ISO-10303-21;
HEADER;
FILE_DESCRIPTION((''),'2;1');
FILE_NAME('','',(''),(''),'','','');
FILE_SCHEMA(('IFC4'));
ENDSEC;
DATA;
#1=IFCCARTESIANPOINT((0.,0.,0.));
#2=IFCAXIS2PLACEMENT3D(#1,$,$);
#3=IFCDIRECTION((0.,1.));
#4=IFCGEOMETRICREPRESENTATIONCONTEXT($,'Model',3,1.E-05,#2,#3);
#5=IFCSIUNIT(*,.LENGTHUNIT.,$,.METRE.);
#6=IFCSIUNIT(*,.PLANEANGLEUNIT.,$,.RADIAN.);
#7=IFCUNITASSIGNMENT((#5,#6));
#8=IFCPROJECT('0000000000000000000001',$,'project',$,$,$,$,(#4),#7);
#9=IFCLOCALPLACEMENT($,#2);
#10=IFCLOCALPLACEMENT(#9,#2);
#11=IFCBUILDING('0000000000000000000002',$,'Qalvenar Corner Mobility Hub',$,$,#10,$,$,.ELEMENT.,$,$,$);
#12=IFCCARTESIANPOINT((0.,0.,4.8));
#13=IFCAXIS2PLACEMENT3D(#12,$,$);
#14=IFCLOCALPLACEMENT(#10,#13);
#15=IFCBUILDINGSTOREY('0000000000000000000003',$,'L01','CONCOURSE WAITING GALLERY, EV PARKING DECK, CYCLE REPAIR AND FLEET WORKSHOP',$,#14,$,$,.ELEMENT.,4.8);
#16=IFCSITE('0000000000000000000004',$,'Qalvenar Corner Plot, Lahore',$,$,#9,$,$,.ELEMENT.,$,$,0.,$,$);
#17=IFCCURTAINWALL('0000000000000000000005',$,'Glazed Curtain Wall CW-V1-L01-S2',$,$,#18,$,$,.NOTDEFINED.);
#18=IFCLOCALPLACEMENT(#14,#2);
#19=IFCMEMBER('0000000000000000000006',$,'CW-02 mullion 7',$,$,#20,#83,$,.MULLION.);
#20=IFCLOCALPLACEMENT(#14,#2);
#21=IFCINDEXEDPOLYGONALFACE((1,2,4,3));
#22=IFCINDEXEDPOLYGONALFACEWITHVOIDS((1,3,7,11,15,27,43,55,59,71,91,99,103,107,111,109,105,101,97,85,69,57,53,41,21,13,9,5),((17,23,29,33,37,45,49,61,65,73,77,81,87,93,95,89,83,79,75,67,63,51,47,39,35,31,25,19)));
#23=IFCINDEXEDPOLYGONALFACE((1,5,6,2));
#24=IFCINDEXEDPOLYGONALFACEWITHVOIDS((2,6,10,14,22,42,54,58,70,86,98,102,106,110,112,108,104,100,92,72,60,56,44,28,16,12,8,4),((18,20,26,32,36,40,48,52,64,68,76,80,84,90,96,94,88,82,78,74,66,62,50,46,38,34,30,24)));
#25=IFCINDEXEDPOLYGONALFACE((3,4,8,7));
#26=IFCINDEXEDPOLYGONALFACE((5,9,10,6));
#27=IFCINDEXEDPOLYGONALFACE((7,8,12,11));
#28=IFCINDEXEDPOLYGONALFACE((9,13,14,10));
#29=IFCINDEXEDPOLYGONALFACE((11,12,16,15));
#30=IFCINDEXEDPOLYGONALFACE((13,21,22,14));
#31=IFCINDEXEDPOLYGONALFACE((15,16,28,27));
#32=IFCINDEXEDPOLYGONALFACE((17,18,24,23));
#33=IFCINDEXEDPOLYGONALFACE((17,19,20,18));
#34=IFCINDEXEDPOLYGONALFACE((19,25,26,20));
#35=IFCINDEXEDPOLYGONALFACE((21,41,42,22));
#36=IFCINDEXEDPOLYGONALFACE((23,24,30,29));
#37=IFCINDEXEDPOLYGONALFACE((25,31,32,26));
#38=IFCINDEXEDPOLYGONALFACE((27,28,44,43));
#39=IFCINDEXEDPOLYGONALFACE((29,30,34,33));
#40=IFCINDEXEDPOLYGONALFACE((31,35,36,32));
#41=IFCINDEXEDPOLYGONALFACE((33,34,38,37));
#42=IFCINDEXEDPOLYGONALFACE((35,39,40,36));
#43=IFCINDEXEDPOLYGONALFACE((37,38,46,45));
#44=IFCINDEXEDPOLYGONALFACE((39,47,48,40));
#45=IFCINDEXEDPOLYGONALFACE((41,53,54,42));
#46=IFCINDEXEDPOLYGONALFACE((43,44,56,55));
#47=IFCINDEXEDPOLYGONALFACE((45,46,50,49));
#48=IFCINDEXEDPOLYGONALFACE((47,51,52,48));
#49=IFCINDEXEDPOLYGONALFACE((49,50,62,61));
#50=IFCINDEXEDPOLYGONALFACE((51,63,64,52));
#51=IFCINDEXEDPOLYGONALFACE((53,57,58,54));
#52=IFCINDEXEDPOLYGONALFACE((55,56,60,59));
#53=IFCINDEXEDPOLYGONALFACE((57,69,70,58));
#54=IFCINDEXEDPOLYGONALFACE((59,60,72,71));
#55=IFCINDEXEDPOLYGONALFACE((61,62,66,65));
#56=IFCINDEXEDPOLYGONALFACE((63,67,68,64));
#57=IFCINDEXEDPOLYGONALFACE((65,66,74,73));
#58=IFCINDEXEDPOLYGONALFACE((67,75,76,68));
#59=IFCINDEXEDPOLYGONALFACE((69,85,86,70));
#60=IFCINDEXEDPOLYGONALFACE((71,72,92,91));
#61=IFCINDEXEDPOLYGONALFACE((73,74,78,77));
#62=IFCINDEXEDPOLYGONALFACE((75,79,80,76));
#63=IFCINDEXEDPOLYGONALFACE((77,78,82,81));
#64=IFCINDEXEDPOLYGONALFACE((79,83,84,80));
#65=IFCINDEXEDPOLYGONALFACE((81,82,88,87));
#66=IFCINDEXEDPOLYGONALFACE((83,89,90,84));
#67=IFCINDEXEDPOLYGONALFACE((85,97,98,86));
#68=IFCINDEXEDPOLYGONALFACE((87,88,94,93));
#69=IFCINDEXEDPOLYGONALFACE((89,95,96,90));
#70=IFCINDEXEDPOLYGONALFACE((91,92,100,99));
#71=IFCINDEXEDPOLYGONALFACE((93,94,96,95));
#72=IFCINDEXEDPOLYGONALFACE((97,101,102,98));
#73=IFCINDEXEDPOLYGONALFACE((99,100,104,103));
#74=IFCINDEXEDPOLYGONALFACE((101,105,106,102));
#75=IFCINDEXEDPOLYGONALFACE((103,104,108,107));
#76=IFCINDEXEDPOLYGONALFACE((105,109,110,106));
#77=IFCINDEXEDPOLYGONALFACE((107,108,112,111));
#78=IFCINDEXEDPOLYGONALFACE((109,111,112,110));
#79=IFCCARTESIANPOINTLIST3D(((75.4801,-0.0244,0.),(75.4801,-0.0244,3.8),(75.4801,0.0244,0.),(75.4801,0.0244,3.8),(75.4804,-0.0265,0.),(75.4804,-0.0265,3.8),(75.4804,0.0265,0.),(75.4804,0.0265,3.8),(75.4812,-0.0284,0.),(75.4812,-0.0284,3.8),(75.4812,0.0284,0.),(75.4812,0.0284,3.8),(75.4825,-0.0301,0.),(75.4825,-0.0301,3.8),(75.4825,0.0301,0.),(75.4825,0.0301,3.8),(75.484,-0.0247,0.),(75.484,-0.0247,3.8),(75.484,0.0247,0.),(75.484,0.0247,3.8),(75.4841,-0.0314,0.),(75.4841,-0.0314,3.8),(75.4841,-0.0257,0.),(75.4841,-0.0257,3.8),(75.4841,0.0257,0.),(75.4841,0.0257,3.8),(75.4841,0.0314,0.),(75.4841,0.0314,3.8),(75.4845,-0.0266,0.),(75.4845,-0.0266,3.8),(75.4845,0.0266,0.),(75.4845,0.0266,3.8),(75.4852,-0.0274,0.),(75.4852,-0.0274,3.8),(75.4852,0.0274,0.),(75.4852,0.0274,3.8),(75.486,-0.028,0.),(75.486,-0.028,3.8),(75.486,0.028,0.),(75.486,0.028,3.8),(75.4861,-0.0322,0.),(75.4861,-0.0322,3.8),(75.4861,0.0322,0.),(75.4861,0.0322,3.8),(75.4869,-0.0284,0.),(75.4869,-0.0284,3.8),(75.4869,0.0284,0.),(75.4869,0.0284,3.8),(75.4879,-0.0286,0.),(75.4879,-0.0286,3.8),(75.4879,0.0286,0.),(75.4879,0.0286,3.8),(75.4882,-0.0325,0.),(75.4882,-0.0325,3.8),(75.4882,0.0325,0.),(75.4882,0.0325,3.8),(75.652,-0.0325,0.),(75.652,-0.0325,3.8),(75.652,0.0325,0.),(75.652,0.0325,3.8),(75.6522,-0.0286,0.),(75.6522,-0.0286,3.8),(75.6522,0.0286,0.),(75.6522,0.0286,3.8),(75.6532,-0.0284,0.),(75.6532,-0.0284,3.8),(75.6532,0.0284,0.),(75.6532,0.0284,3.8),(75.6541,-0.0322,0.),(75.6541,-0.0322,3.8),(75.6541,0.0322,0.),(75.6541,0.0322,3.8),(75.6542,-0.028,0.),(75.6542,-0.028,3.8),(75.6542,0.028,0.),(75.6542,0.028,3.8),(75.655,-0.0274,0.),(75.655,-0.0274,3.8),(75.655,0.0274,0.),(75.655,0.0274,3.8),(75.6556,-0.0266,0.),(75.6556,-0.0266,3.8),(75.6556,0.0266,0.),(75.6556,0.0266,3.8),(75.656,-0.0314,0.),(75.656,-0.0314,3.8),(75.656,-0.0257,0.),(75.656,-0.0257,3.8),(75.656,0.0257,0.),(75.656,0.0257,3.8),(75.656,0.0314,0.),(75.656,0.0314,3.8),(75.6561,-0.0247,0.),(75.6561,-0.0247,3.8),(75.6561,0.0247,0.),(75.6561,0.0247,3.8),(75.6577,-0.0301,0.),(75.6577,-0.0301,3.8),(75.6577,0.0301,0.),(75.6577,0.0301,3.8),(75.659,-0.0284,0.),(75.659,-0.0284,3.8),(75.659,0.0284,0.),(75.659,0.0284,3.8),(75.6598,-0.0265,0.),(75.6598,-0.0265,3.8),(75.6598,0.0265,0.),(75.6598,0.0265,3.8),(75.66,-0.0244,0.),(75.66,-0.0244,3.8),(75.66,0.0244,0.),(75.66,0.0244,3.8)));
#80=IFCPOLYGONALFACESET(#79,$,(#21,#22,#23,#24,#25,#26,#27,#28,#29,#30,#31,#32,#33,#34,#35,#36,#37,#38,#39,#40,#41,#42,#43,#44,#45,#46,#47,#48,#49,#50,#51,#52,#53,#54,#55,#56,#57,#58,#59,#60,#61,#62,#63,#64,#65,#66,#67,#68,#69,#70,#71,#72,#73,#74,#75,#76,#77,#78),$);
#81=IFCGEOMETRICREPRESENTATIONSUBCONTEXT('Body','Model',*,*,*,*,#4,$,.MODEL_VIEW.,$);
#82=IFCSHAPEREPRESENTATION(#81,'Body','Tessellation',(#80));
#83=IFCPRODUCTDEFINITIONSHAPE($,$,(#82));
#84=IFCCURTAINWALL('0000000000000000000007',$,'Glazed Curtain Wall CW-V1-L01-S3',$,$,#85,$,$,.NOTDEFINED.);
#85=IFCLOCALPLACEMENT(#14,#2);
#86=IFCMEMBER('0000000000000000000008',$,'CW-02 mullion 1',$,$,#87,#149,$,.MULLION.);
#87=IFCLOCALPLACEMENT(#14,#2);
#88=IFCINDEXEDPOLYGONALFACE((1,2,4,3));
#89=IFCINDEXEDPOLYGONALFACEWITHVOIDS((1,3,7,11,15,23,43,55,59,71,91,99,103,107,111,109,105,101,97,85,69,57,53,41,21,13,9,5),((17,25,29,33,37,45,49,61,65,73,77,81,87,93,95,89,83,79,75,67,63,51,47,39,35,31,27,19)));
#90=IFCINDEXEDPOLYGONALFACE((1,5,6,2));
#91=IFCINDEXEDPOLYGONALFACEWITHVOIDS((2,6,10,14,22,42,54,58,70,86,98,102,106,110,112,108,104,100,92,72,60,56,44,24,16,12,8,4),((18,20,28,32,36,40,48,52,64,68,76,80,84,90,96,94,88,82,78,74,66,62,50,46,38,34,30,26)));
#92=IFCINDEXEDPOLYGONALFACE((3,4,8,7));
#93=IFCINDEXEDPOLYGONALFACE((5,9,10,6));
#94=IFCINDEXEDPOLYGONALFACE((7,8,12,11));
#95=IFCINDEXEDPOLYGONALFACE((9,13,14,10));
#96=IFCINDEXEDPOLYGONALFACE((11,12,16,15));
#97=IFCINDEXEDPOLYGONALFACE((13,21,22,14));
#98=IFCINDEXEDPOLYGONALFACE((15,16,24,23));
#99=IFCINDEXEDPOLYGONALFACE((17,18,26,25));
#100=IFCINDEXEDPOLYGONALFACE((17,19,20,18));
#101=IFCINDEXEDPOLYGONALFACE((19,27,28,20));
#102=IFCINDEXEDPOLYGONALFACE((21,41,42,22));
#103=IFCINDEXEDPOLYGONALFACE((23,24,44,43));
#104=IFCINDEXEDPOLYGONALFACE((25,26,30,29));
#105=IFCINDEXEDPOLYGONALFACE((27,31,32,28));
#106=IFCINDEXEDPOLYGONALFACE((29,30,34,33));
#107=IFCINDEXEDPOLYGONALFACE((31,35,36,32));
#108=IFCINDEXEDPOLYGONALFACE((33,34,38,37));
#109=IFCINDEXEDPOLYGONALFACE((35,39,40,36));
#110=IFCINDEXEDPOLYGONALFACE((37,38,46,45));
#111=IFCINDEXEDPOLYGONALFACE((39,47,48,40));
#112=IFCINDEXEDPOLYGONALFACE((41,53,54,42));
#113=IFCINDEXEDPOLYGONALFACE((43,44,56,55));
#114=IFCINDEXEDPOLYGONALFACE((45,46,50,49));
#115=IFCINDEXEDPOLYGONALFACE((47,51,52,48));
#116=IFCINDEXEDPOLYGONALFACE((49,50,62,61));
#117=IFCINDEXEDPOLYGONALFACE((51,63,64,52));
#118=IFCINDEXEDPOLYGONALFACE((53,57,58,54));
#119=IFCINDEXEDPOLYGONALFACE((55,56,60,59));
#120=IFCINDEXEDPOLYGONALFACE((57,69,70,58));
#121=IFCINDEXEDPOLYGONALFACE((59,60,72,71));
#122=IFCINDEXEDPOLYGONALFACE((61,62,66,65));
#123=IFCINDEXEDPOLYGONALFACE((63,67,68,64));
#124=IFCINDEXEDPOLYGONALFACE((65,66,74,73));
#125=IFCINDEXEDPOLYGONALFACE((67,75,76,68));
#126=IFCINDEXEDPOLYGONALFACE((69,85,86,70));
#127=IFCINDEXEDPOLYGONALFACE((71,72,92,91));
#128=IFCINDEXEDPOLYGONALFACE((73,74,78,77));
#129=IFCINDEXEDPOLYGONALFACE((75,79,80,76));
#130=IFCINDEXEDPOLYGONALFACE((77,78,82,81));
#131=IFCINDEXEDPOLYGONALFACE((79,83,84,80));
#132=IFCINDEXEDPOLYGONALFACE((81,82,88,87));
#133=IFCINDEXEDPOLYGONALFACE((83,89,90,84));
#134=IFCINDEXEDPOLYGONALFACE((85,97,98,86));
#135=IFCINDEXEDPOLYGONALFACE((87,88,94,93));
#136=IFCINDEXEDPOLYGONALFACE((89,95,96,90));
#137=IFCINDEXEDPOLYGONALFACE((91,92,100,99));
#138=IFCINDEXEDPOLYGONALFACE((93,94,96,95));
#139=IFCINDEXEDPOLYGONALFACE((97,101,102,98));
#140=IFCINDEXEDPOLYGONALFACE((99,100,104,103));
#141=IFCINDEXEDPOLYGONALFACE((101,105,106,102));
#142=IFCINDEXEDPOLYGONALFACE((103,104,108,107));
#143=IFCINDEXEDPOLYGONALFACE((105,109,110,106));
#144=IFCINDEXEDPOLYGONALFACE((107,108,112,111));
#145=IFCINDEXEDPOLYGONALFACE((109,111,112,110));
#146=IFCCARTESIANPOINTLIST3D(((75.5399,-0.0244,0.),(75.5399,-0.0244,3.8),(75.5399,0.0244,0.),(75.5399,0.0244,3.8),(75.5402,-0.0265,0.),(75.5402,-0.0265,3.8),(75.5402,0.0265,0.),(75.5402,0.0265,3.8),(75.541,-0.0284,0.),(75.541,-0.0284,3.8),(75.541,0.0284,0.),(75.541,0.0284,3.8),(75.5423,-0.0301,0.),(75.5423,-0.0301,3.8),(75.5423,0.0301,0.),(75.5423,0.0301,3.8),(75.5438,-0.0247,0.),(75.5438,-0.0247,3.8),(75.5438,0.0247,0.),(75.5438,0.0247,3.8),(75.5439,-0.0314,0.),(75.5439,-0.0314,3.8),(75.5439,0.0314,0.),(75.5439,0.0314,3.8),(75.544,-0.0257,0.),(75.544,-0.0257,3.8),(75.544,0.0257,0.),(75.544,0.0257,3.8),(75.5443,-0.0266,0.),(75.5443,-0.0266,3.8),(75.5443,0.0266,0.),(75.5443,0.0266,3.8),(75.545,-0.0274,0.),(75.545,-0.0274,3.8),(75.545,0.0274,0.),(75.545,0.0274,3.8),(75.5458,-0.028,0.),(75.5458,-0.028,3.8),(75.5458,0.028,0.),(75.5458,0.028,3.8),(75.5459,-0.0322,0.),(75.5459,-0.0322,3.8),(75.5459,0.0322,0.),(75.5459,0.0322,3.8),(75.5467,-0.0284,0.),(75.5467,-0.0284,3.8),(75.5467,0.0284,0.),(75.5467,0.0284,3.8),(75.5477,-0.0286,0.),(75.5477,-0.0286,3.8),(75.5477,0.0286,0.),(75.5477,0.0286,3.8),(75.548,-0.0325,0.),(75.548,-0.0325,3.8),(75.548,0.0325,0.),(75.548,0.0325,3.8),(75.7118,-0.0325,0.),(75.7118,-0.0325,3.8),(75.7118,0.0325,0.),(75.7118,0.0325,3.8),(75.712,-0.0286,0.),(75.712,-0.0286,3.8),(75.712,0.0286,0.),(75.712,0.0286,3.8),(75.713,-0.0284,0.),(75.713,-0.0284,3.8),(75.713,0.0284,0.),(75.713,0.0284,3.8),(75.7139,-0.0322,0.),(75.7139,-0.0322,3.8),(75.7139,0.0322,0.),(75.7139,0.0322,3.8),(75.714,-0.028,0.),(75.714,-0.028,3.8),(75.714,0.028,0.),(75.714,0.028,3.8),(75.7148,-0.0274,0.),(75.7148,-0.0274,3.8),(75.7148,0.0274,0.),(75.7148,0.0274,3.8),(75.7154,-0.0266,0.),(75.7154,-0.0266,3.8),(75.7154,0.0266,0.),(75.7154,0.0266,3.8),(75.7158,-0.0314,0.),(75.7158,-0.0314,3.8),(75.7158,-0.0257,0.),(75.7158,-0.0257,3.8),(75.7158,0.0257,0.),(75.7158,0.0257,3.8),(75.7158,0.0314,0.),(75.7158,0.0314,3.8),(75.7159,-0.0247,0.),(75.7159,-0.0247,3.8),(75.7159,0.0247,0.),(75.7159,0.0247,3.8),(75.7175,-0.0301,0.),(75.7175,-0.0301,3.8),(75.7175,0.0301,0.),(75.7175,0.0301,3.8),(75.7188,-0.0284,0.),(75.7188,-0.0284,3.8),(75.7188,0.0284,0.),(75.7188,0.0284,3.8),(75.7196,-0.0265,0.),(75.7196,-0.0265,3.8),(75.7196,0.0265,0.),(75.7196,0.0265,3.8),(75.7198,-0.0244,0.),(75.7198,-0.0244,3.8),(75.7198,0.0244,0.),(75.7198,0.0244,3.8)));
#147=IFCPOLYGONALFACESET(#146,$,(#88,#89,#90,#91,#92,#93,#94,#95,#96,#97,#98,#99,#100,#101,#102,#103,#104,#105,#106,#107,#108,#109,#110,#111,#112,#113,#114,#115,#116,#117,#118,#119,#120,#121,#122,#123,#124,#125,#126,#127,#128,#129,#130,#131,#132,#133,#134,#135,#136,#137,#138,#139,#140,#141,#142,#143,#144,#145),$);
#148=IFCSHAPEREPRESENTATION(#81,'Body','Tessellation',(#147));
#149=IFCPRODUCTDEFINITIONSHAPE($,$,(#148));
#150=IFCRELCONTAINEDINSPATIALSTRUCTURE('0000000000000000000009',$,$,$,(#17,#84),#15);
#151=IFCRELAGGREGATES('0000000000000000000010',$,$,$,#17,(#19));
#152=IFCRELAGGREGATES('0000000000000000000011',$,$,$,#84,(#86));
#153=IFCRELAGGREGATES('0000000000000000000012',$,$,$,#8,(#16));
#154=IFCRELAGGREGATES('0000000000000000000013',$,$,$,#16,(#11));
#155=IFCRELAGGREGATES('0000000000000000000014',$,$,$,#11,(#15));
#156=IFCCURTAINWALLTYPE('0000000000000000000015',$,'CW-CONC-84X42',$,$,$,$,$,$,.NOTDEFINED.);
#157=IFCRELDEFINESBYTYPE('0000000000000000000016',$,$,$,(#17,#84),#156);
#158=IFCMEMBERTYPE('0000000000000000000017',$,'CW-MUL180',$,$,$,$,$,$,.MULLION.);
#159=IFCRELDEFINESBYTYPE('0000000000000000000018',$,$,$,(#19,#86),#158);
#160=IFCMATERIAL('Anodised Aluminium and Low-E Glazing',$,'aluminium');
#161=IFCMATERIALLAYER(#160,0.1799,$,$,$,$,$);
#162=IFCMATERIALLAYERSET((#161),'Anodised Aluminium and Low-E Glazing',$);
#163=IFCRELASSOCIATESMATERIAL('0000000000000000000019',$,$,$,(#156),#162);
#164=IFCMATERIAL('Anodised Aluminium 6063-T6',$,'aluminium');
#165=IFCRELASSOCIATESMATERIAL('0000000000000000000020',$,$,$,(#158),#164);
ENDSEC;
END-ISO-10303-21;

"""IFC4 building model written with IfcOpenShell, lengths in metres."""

from ifc_helpers import new_model, si_unit, direction, frame, origin, origin_2d, place, context, subcontext, project, spatial, hollow_rectangle, extrude, material, layer, layer_set, material_profile, profile_set, type_object, element, aggregate, save


model = new_model("IFC4")

# Units and contexts
model_context = context("Model", 3, precision=1e-05, world=origin(), true_north=direction((0.0, 1.0)))
body_context = subcontext(model_context, "Body", "Model", "MODEL_VIEW")
ifc_project = project(units=[si_unit("LENGTHUNIT", "METRE"), si_unit("PLANEANGLEUNIT", "RADIAN")], contexts=[model_context])

# Site, building, storey
site_placement = place(None, origin())
site = spatial("IfcSite", under=ifc_project, at=site_placement, Name="Qalvenar Corner Plot, Lahore", CompositionType="ELEMENT", RefElevation=0.0)
building_placement = place(site_placement, origin())
building = spatial("IfcBuilding", under=site, at=building_placement, Name="Qalvenar Corner Mobility Hub", CompositionType="ELEMENT")
storey_placement = place(building_placement, frame((0.0, 0.0, 4.8)))
storey = spatial("IfcBuildingStorey", under=building, at=storey_placement, Name="L01", Description="CONCOURSE WAITING GALLERY, EV PARKING DECK, CYCLE REPAIR AND FLEET WORKSHOP", CompositionType="ELEMENT", Elevation=4.8)

# Shared definitions
ifc_material_1 = material(Name="Anodised Aluminium and Low-E Glazing", Category="aluminium")
ifc_layer_1 = layer(ifc_material_1, 0.1799)
ifc_layer_set_1 = layer_set([ifc_layer_1], Name="Anodised Aluminium and Low-E Glazing")
curtain_wall_type = type_object("IfcCurtainWallType", Name="CW-CONC-84X42", PredefinedType="NOTDEFINED", material=ifc_layer_set_1)
ifc_material_2 = material(Name="Anodised Aluminium 6063-T6", Category="aluminium")
ifc_material_profile_1 = material_profile(ifc_material_2, hollow_rectangle(XDim=0.0649, YDim=0.1799, WallThickness=0.0039, InnerFilletRadius=0.0039, OuterFilletRadius=0.0081, at=origin_2d()), Name="RHS180x65x4")
ifc_profile_set_1 = profile_set([ifc_material_profile_1], Name="Anodised Aluminium 6063-T6")
member_type_1 = type_object("IfcMemberType", Name="CW-MUL180", PredefinedType="MULLION", material=ifc_profile_set_1)

# Curtain wall, member
curtain_wall_1_placement = place(storey_placement, origin())
curtain_wall_1 = element("IfcCurtainWall", 1, at=curtain_wall_1_placement, inside=storey, type_object=curtain_wall_type, Name="Glazed Curtain Wall CW-V1-L01-S2", PredefinedType="NOTDEFINED")
member_1_placement = place(storey_placement, frame((75.5701, 0.0, 0.0), z_axis=(0.0, 0.0, 1.0), x_axis=(0.0, 1.0, 0.0)))
member_1 = element("IfcMember", 2, at=member_1_placement, type_object=member_type_1, Name="CW-02 mullion 7", PredefinedType="MULLION", context=body_context, shape_type="SweptSolid", body=[
    extrude(hollow_rectangle(XDim=0.0649, YDim=0.1799, WallThickness=0.0039, InnerFilletRadius=0.0039, OuterFilletRadius=0.0081, at=origin_2d()), origin(), (0.0, 0.0, 1.0), 3.8),
])

# Curtain wall, member
curtain_wall_2_placement = place(storey_placement, origin())
curtain_wall_2 = element("IfcCurtainWall", 3, at=curtain_wall_2_placement, inside=storey, type_object=curtain_wall_type, Name="Glazed Curtain Wall CW-V1-L01-S3", PredefinedType="NOTDEFINED")
member_2_placement = place(storey_placement, frame((75.6299, 0.0, 0.0), z_axis=(0.0, 0.0, 1.0), x_axis=(0.0, 1.0, 0.0)))
member_2 = element("IfcMember", 4, at=member_2_placement, type_object=member_type_1, Name="CW-02 mullion 1", PredefinedType="MULLION", context=body_context, shape_type="SweptSolid", body=[
    extrude(hollow_rectangle(XDim=0.0649, YDim=0.1799, WallThickness=0.0039, InnerFilletRadius=0.0039, OuterFilletRadius=0.0081, at=origin_2d()), origin(), (0.0, 0.0, 1.0), 3.8),
])

aggregate(curtain_wall_1, [member_1])
aggregate(curtain_wall_2, [member_2])

save(model, "model.ifc")
